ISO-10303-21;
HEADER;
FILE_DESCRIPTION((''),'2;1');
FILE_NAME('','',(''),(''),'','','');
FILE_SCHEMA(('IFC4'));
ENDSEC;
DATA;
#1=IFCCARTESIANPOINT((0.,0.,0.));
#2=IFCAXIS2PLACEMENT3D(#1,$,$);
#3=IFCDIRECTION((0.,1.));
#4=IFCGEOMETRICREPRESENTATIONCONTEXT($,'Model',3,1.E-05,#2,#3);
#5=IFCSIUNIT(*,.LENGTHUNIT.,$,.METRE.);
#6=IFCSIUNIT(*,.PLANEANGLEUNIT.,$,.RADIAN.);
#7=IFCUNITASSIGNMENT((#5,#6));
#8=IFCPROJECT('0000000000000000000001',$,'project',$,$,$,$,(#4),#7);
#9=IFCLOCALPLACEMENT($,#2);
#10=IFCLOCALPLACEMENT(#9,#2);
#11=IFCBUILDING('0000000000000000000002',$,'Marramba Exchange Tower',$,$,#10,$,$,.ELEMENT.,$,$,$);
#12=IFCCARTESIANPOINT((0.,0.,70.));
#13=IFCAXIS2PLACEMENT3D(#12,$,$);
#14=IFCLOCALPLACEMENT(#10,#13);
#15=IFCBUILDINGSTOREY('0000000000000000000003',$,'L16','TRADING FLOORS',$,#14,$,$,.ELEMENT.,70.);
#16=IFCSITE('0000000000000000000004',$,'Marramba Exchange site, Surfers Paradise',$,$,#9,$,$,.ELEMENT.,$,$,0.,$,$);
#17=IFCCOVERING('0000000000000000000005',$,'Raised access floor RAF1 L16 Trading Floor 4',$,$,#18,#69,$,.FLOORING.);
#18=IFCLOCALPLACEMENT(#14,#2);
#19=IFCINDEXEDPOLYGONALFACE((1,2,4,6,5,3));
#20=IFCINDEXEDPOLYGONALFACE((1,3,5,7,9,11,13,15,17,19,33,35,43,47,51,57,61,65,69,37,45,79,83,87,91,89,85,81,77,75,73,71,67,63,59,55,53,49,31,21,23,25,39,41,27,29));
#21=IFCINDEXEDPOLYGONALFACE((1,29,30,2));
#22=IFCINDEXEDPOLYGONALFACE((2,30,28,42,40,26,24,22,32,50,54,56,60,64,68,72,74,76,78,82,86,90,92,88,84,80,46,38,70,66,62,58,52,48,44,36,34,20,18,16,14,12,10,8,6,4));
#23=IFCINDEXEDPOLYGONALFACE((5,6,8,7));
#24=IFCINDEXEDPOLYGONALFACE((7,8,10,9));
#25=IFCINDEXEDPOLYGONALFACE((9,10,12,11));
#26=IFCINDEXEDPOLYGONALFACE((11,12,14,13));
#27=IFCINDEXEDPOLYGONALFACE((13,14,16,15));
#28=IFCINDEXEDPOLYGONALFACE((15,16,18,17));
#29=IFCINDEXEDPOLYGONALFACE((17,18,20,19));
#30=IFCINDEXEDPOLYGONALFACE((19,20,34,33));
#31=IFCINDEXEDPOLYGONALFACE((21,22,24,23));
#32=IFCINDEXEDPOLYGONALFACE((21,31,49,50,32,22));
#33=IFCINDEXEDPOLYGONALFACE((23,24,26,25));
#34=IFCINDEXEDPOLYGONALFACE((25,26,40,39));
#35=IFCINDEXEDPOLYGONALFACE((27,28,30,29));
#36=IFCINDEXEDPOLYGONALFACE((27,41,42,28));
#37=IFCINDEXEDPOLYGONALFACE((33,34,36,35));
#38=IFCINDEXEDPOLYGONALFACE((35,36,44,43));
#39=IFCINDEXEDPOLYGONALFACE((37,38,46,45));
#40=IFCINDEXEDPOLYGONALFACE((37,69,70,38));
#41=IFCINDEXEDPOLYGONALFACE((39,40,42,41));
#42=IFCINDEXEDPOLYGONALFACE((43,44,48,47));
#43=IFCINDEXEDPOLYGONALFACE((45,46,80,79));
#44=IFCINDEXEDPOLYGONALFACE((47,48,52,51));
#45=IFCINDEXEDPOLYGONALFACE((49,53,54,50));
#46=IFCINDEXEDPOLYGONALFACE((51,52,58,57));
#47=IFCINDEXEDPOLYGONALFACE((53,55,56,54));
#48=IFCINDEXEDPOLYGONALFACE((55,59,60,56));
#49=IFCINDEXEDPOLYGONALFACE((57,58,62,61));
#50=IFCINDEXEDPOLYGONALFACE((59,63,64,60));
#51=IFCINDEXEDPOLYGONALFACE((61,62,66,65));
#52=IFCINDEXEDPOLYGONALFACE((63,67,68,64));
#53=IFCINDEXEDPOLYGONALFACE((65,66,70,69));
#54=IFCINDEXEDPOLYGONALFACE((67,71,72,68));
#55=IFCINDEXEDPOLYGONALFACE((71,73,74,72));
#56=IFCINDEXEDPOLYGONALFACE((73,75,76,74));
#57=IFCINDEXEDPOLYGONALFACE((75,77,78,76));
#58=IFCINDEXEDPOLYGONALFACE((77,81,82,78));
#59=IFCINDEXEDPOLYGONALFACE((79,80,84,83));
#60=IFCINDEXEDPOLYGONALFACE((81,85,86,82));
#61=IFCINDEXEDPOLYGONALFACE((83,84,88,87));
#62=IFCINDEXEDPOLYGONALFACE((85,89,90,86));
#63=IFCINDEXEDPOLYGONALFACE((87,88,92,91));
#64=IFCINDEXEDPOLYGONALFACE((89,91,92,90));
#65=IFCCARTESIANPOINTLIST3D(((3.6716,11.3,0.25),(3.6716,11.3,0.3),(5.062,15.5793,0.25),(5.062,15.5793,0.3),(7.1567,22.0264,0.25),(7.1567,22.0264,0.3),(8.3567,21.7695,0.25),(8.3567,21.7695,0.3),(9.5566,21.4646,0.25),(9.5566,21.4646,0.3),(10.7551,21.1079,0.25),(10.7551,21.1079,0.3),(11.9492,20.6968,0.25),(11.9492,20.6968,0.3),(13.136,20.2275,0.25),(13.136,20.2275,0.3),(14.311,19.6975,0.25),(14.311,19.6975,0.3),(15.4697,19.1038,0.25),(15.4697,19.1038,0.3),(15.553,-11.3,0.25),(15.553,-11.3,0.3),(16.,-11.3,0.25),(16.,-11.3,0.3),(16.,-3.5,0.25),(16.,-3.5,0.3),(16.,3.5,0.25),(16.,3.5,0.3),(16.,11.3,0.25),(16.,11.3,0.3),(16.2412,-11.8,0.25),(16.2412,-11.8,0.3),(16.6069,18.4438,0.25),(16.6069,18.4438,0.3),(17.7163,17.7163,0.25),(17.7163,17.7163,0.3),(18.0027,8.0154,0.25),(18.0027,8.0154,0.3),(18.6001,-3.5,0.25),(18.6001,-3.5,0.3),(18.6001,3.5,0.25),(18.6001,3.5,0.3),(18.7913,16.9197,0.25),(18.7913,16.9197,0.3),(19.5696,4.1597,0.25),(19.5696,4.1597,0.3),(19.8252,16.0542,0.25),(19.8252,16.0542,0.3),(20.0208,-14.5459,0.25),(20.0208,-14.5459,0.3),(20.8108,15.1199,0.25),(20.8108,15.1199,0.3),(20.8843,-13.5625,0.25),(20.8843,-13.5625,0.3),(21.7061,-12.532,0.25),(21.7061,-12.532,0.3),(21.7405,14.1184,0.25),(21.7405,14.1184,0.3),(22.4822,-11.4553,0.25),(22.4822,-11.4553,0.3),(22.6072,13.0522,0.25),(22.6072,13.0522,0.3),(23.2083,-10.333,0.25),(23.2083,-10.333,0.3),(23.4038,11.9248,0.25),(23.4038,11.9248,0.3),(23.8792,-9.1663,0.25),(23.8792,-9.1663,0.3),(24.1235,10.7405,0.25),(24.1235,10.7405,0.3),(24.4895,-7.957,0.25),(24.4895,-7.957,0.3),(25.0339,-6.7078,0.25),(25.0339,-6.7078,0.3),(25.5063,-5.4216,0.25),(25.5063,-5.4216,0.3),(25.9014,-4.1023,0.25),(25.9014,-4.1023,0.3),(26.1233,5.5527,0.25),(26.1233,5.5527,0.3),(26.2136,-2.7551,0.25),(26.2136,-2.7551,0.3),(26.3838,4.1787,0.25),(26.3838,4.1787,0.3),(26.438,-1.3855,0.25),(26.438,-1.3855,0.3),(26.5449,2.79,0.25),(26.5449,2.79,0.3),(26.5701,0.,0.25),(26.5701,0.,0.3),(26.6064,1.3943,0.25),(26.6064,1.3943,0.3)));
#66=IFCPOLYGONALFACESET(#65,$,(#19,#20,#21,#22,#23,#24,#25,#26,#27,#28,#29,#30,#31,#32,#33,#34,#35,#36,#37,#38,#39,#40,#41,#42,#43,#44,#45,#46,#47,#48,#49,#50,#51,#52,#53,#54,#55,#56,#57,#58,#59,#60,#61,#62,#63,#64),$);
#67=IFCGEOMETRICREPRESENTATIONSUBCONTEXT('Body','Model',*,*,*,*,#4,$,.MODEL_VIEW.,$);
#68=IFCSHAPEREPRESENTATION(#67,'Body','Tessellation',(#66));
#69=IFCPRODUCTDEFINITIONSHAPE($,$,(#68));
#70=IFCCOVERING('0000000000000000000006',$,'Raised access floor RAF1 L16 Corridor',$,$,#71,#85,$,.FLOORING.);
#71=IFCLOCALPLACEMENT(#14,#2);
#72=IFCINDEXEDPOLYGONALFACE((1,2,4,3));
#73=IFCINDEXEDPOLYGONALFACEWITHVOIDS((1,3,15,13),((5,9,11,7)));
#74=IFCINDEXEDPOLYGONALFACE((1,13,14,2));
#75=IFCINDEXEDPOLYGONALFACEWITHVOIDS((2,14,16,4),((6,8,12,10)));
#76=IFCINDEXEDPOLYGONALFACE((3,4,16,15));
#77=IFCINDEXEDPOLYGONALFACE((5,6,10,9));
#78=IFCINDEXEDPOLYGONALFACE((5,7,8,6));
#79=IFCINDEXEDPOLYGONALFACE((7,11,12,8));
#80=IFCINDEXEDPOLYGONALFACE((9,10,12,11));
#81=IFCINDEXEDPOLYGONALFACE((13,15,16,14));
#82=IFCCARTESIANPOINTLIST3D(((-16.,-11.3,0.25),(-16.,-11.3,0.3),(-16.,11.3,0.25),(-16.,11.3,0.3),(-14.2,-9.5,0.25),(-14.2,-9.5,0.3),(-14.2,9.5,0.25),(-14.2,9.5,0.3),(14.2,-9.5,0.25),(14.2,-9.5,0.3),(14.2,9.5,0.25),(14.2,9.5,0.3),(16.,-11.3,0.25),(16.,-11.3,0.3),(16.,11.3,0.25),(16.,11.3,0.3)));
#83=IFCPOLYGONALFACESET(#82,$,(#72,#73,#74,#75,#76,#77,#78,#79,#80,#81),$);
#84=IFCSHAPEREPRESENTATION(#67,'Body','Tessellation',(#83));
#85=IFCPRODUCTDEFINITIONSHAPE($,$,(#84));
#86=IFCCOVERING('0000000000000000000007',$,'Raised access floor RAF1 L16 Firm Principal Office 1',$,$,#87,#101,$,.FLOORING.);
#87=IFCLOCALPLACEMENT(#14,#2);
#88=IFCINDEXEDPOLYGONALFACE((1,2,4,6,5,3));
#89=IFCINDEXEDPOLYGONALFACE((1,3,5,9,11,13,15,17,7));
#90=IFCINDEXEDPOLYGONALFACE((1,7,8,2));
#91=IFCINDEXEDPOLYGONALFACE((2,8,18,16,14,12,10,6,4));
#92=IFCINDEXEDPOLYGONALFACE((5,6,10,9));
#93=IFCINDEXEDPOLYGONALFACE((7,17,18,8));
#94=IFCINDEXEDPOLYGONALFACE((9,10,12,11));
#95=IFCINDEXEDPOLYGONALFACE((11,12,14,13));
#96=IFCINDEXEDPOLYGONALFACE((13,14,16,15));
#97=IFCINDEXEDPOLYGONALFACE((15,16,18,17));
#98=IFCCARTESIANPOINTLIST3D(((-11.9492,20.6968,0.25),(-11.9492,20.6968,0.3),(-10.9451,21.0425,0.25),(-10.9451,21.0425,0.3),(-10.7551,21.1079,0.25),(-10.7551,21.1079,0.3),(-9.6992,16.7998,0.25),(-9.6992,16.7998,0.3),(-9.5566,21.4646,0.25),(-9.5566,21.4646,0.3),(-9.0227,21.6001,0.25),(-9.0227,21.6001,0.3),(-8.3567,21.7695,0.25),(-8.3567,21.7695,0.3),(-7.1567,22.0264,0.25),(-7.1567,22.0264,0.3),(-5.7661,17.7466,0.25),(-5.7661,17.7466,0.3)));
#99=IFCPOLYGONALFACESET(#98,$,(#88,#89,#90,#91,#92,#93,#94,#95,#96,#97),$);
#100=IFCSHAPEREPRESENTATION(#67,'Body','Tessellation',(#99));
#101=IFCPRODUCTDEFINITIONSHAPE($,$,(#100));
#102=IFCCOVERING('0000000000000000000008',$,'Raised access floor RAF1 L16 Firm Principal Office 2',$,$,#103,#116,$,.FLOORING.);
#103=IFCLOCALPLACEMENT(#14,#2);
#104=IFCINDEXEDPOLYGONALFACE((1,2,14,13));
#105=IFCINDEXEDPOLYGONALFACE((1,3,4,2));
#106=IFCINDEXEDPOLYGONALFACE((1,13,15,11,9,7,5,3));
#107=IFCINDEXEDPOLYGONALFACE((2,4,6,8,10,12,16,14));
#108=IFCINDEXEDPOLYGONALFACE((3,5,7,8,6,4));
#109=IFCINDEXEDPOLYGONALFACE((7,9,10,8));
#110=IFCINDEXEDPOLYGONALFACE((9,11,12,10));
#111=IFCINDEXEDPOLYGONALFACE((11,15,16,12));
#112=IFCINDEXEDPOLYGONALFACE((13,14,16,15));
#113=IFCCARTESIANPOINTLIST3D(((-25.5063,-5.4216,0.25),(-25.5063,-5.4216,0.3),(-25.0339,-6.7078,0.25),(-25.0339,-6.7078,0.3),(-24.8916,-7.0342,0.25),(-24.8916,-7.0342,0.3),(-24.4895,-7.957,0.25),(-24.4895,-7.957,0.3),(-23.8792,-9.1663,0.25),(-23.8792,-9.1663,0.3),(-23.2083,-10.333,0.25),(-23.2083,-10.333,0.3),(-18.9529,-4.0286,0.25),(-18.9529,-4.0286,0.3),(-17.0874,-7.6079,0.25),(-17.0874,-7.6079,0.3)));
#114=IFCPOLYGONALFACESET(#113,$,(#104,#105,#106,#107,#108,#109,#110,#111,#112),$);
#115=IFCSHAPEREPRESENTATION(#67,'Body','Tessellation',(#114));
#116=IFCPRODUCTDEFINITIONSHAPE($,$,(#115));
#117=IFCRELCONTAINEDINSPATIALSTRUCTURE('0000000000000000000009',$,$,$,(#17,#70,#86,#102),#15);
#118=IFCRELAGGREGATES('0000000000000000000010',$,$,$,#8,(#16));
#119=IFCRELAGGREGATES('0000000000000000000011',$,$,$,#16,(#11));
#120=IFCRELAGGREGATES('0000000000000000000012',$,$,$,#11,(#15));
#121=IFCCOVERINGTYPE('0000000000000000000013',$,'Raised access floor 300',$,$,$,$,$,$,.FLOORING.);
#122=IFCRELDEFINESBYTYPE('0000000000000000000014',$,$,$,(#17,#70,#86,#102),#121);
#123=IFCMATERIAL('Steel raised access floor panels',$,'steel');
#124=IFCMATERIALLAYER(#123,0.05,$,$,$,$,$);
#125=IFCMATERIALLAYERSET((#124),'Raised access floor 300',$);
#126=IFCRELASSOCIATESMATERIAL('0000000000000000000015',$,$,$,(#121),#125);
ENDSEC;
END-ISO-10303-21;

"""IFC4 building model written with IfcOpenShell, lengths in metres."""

from ifc_helpers import new_model, si_unit, direction, frame, origin, place, context, subcontext, project, spatial, polyline, outline, extrude, material, layer, layer_set, type_object, element, save


model = new_model("IFC4")

# Units and contexts
model_context = context("Model", 3, precision=1e-05, world=origin(), true_north=direction((0.0, 1.0)))
body_context = subcontext(model_context, "Body", "Model", "MODEL_VIEW")
ifc_project = project(units=[si_unit("LENGTHUNIT", "METRE"), si_unit("PLANEANGLEUNIT", "RADIAN")], contexts=[model_context])

# Site, building, storey
site_placement = place(None, origin())
site = spatial("IfcSite", under=ifc_project, at=site_placement, Name="Marramba Exchange site, Surfers Paradise", CompositionType="ELEMENT", RefElevation=0.0)
building_placement = place(site_placement, origin())
building = spatial("IfcBuilding", under=site, at=building_placement, Name="Marramba Exchange Tower", CompositionType="ELEMENT")
storey_placement = place(building_placement, frame((0.0, 0.0, 70.0)))
storey = spatial("IfcBuildingStorey", under=building, at=storey_placement, Name="L16", Description="TRADING FLOORS", CompositionType="ELEMENT", Elevation=70.0)

# Coverings
ifc_material_1 = material(Name="Steel raised access floor panels", Category="steel")
ifc_layer_1 = layer(ifc_material_1, 0.05)
ifc_layer_set_1 = layer_set([ifc_layer_1], Name="Raised access floor 300")
covering_type_1 = type_object("IfcCoveringType", Name="Raised access floor 300", PredefinedType="FLOORING", material=ifc_layer_set_1)
covering_1_placement = place(storey_placement, frame((0.0, 0.0, 0.25)))
element("IfcCovering", 1, at=covering_1_placement, inside=storey, type_object=covering_type_1, Name="Raised access floor RAF1 L16 Trading Floor 4", PredefinedType="FLOORING", context=body_context, shape_type="SweptSolid", body=[
    extrude(outline(polyline([(16.0, -3.5), (18.6001, -3.5), (18.6001, 3.5), (16.0, 3.5), (16.0, 11.3), (3.6716, 11.3), (5.062, 15.5793), (7.1567, 22.0264), (8.3567, 21.7695), (9.5566, 21.4646), (10.7551, 21.1079), (11.9492, 20.6968), (13.136, 20.2275), (14.311, 19.6975), (15.4697, 19.1038), (16.6069, 18.4438), (17.7163, 17.7163), (18.7913, 16.9197), (19.8252, 16.0542), (20.8108, 15.1199), (21.7405, 14.1184), (22.6072, 13.0522), (23.4038, 11.9248), (24.1235, 10.7405), (18.0027, 8.0154), (19.5696, 4.1597), (26.1233, 5.5527), (26.3838, 4.1787), (26.5449, 2.79), (26.6064, 1.3943), (26.5701, 0.0), (26.438, -1.3855), (26.2136, -2.7551), (25.9014, -4.1023), (25.5063, -5.4216), (25.0339, -6.7078), (24.4895, -7.957), (23.8792, -9.1663), (23.2083, -10.333), (22.4822, -11.4553), (21.7061, -12.532), (20.8843, -13.5625), (20.0208, -14.5459), (16.2412, -11.8), (15.553, -11.3), (16.0, -11.3), (16.0, -3.5)])), origin(), (0.0, 0.0, 1.0), 0.05),
])
covering_2_placement = place(storey_placement, frame((0.0, 0.0, 0.25)))
element("IfcCovering", 2, at=covering_2_placement, inside=storey, type_object=covering_type_1, Name="Raised access floor RAF1 L16 Corridor", PredefinedType="FLOORING", context=body_context, shape_type="SweptSolid", body=[
    extrude(outline(polyline([(-16.0, 11.3), (16.0, 11.3), (16.0, -11.3), (-16.0, -11.3), (-16.0, 11.3)]), holes=[polyline([(-14.2, 9.5), (-14.2, -9.5), (14.2, -9.5), (14.2, 9.5), (-14.2, 9.5)])]), origin(), (0.0, 0.0, 1.0), 0.05),
])
covering_3_placement = place(storey_placement, frame((0.0, 0.0, 0.25)))
element("IfcCovering", 3, at=covering_3_placement, inside=storey, type_object=covering_type_1, Name="Raised access floor RAF1 L16 Firm Principal Office 1", PredefinedType="FLOORING", context=body_context, shape_type="SweptSolid", body=[
    extrude(outline(polyline([(-10.9451, 21.0425), (-10.7551, 21.1079), (-9.5566, 21.4646), (-9.0227, 21.6001), (-8.3567, 21.7695), (-7.1567, 22.0264), (-5.7661, 17.7466), (-9.6992, 16.7998), (-11.9492, 20.6968), (-10.9451, 21.0425)])), origin(), (0.0, 0.0, 1.0), 0.05),
])
covering_4_placement = place(storey_placement, frame((0.0, 0.0, 0.25)))
element("IfcCovering", 4, at=covering_4_placement, inside=storey, type_object=covering_type_1, Name="Raised access floor RAF1 L16 Firm Principal Office 2", PredefinedType="FLOORING", context=body_context, shape_type="SweptSolid", body=[
    extrude(outline(polyline([(-23.8792, -9.1663), (-24.4895, -7.957), (-24.8916, -7.0342), (-25.0339, -6.7078), (-25.5063, -5.4216), (-18.9529, -4.0286), (-17.0874, -7.6079), (-23.2083, -10.333), (-23.8792, -9.1663)])), origin(), (0.0, 0.0, 1.0), 0.05),
])

save(model, "model.ifc")
